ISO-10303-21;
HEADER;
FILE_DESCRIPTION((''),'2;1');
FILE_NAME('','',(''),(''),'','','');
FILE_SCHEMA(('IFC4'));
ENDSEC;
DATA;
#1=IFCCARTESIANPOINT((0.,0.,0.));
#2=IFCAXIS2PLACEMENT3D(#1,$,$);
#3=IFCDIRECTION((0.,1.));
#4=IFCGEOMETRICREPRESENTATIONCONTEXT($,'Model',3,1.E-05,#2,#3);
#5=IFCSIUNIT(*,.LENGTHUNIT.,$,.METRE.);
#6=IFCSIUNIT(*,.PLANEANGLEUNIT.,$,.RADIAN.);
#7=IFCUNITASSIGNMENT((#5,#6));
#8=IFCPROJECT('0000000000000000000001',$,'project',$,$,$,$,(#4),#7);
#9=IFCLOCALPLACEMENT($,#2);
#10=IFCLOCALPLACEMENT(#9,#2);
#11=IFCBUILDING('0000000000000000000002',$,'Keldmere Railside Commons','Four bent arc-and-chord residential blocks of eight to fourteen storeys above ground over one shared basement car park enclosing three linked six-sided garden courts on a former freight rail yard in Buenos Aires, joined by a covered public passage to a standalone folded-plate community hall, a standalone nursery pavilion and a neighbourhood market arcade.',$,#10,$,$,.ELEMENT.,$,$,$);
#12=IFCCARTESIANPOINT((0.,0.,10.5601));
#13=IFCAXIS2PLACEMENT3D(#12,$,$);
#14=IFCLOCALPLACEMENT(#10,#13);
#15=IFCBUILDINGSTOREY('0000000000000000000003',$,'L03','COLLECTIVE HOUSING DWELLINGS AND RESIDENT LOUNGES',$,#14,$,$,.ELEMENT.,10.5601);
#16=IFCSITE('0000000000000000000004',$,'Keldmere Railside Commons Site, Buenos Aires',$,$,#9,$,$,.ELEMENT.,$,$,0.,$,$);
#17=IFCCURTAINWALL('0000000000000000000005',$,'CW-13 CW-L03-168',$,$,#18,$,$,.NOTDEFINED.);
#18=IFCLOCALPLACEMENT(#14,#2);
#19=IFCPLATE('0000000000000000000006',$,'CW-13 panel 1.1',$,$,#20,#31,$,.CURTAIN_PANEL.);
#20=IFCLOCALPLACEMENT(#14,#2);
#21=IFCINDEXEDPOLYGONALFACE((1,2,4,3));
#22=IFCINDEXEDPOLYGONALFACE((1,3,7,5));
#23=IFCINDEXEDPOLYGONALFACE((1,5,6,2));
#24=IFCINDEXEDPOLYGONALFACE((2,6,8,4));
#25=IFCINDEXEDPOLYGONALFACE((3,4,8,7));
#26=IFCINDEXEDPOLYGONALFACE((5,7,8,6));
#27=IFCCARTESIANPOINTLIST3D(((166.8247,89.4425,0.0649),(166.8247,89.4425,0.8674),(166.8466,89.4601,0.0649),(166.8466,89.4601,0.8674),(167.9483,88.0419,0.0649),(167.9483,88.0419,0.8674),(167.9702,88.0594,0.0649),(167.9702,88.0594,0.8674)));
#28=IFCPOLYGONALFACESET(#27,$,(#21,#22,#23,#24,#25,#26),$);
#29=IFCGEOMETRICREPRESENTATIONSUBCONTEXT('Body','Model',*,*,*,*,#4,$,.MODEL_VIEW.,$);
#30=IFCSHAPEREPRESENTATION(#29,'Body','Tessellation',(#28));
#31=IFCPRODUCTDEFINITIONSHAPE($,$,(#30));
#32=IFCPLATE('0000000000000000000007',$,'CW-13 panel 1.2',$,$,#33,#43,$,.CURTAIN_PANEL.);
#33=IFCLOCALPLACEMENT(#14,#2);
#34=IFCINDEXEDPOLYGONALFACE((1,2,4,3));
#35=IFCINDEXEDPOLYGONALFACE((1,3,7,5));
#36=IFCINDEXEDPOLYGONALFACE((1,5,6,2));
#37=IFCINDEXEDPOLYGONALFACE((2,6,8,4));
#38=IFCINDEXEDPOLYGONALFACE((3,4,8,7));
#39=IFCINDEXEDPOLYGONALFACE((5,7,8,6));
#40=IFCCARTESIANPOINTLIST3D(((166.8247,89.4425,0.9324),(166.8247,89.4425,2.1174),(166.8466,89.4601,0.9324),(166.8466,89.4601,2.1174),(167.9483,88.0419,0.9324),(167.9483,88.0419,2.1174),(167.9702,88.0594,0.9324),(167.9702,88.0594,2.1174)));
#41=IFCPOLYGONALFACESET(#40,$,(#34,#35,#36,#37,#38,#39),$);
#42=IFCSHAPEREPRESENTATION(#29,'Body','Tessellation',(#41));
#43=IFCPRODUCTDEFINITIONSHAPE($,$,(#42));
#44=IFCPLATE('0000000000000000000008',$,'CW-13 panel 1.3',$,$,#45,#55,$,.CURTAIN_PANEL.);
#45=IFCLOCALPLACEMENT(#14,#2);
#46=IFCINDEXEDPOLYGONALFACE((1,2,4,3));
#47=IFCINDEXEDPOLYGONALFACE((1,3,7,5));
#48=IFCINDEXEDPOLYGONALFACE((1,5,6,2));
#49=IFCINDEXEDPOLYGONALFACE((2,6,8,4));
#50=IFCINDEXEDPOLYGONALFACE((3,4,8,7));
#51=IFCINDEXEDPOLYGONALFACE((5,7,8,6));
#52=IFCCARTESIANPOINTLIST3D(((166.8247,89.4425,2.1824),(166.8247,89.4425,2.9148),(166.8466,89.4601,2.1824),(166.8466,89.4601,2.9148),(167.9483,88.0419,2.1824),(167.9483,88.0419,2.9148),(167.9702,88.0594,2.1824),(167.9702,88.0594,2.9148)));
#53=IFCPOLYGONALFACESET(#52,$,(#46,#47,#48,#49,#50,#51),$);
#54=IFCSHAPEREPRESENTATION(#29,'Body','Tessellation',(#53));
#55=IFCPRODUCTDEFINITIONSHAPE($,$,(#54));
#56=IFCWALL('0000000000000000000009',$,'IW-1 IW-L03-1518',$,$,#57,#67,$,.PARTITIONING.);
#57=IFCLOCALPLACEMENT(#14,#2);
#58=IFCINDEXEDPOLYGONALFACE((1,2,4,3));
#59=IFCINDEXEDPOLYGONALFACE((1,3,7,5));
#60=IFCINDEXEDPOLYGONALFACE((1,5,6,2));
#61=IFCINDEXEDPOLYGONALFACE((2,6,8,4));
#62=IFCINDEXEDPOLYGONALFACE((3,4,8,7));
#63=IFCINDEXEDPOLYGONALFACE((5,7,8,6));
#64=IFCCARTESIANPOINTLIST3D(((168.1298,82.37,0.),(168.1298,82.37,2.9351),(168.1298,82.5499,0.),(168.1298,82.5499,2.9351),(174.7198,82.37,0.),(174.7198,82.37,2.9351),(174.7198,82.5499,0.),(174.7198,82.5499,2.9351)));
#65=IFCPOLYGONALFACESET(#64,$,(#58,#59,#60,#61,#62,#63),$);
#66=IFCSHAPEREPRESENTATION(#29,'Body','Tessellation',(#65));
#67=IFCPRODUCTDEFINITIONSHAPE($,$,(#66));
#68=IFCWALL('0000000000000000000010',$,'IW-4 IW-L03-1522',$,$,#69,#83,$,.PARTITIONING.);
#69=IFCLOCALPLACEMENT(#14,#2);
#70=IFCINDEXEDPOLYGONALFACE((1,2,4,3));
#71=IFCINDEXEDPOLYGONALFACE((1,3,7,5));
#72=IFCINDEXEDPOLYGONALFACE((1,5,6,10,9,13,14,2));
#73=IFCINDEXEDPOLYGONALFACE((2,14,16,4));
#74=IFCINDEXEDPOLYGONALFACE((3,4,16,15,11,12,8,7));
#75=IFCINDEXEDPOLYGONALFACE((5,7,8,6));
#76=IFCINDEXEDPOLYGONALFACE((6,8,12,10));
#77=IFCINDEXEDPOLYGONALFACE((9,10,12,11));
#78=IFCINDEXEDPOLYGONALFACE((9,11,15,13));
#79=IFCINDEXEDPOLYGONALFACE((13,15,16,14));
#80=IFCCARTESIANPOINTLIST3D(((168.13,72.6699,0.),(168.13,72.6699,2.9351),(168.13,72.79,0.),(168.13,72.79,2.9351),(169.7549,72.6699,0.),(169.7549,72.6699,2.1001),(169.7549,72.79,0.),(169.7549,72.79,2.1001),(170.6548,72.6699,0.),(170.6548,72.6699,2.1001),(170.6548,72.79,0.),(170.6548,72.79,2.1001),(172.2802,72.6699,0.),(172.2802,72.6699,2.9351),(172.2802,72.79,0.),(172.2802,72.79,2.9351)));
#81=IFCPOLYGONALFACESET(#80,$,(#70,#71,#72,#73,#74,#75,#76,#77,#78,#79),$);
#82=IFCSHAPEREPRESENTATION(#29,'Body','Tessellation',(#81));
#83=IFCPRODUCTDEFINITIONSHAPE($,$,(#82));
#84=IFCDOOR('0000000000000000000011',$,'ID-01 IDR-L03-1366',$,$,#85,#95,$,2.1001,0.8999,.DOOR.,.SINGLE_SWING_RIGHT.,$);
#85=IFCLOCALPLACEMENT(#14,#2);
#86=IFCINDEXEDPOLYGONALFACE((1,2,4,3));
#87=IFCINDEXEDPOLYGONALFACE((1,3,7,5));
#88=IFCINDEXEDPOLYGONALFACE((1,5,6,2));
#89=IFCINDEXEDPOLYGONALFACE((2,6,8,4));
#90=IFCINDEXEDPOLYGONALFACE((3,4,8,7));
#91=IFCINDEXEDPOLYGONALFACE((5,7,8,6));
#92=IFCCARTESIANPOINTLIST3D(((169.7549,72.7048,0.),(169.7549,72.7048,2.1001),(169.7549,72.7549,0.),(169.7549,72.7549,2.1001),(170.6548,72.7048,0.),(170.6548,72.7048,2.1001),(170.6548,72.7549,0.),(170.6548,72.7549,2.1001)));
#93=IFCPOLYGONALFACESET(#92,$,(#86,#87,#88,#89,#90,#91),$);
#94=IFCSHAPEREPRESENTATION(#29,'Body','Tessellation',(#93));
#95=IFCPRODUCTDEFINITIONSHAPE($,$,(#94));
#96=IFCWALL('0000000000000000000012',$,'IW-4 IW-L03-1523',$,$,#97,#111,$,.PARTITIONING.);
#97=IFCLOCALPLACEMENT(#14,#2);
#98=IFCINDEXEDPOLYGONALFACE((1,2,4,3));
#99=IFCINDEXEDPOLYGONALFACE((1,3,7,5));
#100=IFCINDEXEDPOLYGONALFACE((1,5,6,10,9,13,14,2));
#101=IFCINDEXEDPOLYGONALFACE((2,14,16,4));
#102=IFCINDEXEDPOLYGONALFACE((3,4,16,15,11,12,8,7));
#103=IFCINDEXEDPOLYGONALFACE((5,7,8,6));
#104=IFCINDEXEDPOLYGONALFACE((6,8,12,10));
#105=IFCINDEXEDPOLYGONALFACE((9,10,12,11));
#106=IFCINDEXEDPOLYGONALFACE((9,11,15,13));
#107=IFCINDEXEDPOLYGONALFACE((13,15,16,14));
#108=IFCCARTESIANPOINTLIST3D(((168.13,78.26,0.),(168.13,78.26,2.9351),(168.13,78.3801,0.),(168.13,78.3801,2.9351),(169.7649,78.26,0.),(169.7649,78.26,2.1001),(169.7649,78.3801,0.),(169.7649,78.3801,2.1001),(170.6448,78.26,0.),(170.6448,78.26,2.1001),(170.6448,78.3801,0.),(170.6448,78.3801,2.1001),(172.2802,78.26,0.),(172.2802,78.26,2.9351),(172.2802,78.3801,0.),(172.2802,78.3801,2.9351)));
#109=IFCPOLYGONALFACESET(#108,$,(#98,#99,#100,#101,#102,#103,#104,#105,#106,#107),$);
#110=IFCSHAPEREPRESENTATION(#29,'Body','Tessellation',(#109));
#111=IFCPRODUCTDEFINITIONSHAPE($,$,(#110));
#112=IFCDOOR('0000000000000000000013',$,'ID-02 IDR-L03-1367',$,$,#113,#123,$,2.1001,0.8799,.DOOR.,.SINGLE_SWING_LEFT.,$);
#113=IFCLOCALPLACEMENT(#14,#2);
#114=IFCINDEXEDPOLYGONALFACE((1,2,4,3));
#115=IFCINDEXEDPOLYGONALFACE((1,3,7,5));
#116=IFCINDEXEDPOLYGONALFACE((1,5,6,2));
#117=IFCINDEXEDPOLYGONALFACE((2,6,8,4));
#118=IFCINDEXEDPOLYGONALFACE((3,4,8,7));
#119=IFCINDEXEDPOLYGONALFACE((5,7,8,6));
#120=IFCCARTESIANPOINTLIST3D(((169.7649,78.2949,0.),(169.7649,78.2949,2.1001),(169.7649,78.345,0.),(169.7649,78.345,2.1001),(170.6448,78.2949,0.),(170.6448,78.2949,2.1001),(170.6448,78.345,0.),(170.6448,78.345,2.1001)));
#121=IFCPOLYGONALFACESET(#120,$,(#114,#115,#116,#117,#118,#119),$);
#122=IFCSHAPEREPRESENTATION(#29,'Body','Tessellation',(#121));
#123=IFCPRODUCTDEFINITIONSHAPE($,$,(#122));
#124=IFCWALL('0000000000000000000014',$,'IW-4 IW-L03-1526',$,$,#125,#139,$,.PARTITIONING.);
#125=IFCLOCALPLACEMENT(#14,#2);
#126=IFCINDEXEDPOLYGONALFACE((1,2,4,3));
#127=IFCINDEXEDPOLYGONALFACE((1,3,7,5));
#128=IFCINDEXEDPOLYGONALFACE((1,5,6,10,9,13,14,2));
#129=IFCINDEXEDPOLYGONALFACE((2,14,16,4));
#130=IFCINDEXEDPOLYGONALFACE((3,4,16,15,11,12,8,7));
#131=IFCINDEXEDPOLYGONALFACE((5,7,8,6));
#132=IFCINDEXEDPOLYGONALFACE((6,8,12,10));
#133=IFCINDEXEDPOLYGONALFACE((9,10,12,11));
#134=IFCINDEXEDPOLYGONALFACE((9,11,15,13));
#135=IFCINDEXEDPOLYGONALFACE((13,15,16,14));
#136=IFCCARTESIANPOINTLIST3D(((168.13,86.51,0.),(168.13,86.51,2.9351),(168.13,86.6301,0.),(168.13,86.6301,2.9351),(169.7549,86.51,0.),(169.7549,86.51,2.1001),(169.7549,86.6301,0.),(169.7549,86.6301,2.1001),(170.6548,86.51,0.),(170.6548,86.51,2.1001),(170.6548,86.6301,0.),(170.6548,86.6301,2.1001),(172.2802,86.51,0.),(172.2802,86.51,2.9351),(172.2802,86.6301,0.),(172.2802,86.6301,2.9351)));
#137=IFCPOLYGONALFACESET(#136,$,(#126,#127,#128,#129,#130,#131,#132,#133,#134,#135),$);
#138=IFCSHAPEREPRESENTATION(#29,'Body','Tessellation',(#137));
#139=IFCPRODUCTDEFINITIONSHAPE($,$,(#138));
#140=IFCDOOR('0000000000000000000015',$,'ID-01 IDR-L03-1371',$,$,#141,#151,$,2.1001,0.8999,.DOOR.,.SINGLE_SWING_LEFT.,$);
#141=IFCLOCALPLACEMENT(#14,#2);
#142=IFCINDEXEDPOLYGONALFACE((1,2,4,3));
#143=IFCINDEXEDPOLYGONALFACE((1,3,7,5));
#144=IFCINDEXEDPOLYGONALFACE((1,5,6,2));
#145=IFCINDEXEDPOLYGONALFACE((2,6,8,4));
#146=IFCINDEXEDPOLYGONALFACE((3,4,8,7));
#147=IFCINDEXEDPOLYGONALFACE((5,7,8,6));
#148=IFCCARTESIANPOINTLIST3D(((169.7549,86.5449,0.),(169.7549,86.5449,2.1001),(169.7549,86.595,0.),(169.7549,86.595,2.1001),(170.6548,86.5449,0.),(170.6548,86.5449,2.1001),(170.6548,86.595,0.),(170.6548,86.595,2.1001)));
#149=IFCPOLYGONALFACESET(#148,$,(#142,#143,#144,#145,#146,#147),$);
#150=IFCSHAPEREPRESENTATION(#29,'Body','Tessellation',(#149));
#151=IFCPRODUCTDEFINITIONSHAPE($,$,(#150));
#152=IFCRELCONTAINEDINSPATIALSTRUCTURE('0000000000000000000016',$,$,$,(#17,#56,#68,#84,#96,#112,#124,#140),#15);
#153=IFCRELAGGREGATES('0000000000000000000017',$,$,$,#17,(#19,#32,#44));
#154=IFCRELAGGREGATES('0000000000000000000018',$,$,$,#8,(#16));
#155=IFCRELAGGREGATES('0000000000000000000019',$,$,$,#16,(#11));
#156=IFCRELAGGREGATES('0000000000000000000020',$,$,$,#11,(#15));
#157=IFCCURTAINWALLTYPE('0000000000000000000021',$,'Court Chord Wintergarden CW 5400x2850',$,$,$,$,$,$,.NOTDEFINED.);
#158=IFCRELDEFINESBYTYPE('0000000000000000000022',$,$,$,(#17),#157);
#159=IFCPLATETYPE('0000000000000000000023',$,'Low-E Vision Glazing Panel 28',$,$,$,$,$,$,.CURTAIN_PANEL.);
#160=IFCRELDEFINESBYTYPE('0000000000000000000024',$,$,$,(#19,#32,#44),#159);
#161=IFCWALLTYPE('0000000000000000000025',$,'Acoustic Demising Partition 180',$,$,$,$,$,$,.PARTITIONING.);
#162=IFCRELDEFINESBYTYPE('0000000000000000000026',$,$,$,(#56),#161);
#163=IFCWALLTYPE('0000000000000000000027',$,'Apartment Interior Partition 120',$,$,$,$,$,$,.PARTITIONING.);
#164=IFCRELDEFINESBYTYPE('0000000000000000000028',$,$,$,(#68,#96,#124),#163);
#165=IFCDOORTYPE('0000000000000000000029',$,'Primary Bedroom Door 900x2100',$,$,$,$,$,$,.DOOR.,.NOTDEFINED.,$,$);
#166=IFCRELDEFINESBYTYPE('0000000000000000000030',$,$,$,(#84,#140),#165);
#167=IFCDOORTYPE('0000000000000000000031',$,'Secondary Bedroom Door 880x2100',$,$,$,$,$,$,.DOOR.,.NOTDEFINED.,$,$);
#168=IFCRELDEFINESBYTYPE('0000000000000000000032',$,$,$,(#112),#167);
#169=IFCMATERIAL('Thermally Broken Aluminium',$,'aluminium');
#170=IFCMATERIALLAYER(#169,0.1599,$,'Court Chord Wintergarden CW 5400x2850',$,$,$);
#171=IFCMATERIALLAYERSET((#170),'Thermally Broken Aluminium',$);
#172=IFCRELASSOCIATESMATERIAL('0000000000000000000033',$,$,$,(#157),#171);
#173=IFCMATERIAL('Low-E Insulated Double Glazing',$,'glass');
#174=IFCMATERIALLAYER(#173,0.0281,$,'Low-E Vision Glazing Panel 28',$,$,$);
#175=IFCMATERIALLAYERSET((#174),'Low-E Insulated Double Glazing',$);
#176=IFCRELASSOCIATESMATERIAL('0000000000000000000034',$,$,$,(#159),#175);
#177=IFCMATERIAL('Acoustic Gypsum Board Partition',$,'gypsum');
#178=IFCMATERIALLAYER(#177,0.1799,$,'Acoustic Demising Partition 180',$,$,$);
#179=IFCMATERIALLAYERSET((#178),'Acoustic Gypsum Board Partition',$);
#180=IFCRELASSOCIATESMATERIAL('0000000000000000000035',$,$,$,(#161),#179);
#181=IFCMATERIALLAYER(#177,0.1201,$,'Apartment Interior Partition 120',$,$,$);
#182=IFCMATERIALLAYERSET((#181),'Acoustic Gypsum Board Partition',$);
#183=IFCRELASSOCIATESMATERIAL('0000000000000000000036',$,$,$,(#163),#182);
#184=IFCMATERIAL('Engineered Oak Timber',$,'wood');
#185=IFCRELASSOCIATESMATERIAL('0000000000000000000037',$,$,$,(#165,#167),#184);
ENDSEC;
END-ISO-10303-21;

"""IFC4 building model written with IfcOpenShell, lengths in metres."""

from ifc_helpers import new_model, si_unit, direction, frame, frame_2d, origin, origin_2d, place, context, subcontext, project, spatial, rectangle, extrude, material, layer, layer_set, type_object, element, fill, aggregate, save


model = new_model("IFC4")

# Units and contexts
model_context = context("Model", 3, precision=1e-05, world=origin(), true_north=direction((0.0, 1.0)))
body_context = subcontext(model_context, "Body", "Model", "MODEL_VIEW")
ifc_project = project(units=[si_unit("LENGTHUNIT", "METRE"), si_unit("PLANEANGLEUNIT", "RADIAN")], contexts=[model_context])

# Site, building, storey
site_placement = place(None, origin())
site = spatial("IfcSite", under=ifc_project, at=site_placement, Name="Keldmere Railside Commons Site, Buenos Aires", CompositionType="ELEMENT", RefElevation=0.0)
building_placement = place(site_placement, origin())
building = spatial("IfcBuilding", under=site, at=building_placement, Name="Keldmere Railside Commons", Description="Four bent arc-and-chord residential blocks of eight to fourteen storeys above ground over one shared basement car park enclosing three linked six-sided garden courts on a former freight rail yard in Buenos Aires, joined by a covered public passage to a standalone folded-plate community hall, a standalone nursery pavilion and a neighbourhood market arcade.", CompositionType="ELEMENT")
storey_placement = place(building_placement, frame((0.0, 0.0, 10.5601)))
storey = spatial("IfcBuildingStorey", under=building, at=storey_placement, Name="L03", Description="COLLECTIVE HOUSING DWELLINGS AND RESIDENT LOUNGES", CompositionType="ELEMENT", Elevation=10.5601)

# Curtain wall, plates
ifc_material_1 = material(Name="Thermally Broken Aluminium", Category="aluminium")
ifc_layer_1 = layer(ifc_material_1, 0.1599, Name="Court Chord Wintergarden CW 5400x2850")
ifc_layer_set_1 = layer_set([ifc_layer_1], Name="Thermally Broken Aluminium")
curtain_wall_type = type_object("IfcCurtainWallType", Name="Court Chord Wintergarden CW 5400x2850", PredefinedType="NOTDEFINED", material=ifc_layer_set_1)
curtain_wall_placement = place(storey_placement, origin())
curtain_wall = element("IfcCurtainWall", 1, at=curtain_wall_placement, inside=storey, type_object=curtain_wall_type, Name="CW-13 CW-L03-168", PredefinedType="NOTDEFINED")
ifc_material_2 = material(Name="Low-E Insulated Double Glazing", Category="glass")
ifc_layer_2 = layer(ifc_material_2, 0.0281, Name="Low-E Vision Glazing Panel 28")
ifc_layer_set_2 = layer_set([ifc_layer_2], Name="Low-E Insulated Double Glazing")
plate_type = type_object("IfcPlateType", Name="Low-E Vision Glazing Panel 28", PredefinedType="CURTAIN_PANEL", material=ifc_layer_set_2)
plate_1_placement = place(storey_placement, frame((167.3975, 88.751, 0.0649), z_axis=(0.0, 0.0, 1.0), x_axis=(-0.625768, 0.780009, 0.0)))
plate_1 = element("IfcPlate", 2, at=plate_1_placement, type_object=plate_type, Name="CW-13 panel 1.1", PredefinedType="CURTAIN_PANEL", context=body_context, shape_type="SweptSolid", body=[
    extrude(rectangle(XDim=1.7957, YDim=0.0281, at=origin_2d()), origin(), (0.0, 0.0, 1.0), 0.8025),
])
plate_2_placement = place(storey_placement, frame((167.3975, 88.751, 0.9324), z_axis=(0.0, 0.0, 1.0), x_axis=(-0.625768, 0.780009, 0.0)))
plate_2 = element("IfcPlate", 3, at=plate_2_placement, type_object=plate_type, Name="CW-13 panel 1.2", PredefinedType="CURTAIN_PANEL", context=body_context, shape_type="SweptSolid", body=[
    extrude(rectangle(XDim=1.7957, YDim=0.0281, at=origin_2d()), origin(), (0.0, 0.0, 1.0), 1.1851),
])
plate_3_placement = place(storey_placement, frame((167.3975, 88.751, 2.1824), z_axis=(0.0, 0.0, 1.0), x_axis=(-0.625768, 0.780009, 0.0)))
plate_3 = element("IfcPlate", 4, at=plate_3_placement, type_object=plate_type, Name="CW-13 panel 1.3", PredefinedType="CURTAIN_PANEL", context=body_context, shape_type="SweptSolid", body=[
    extrude(rectangle(XDim=1.7957, YDim=0.0281, at=origin_2d()), origin(), (0.0, 0.0, 1.0), 0.7324),
])
aggregate(curtain_wall, [plate_1, plate_2, plate_3])

# Wall
ifc_material_3 = material(Name="Acoustic Gypsum Board Partition", Category="gypsum")
ifc_layer_3 = layer(ifc_material_3, 0.1799, Name="Acoustic Demising Partition 180")
ifc_layer_set_3 = layer_set([ifc_layer_3], Name="Acoustic Gypsum Board Partition")
wall_type_1 = type_object("IfcWallType", Name="Acoustic Demising Partition 180", PredefinedType="PARTITIONING", material=ifc_layer_set_3)
wall_1_placement = place(storey_placement, frame((168.1299, 82.46, 0.0), z_axis=(0.0, 0.0, 1.0), x_axis=(1.0, 0.0, 0.0)))
element("IfcWall", 5, at=wall_1_placement, inside=storey, type_object=wall_type_1, Name="IW-1 IW-L03-1518", PredefinedType="PARTITIONING", context=body_context, shape_type="SweptSolid", body=[
    extrude(rectangle(XDim=6.5901, YDim=0.1799, at=frame_2d((3.2949, 0.0))), origin(), (0.0, 0.0, 1.0), 2.9351),
])

# Walls, openings, doors
ifc_layer_4 = layer(ifc_material_3, 0.1201, Name="Apartment Interior Partition 120")
ifc_layer_set_4 = layer_set([ifc_layer_4], Name="Acoustic Gypsum Board Partition")
wall_type_2 = type_object("IfcWallType", Name="Apartment Interior Partition 120", PredefinedType="PARTITIONING", material=ifc_layer_set_4)
wall_2_placement = place(storey_placement, frame((168.1299, 72.73, 0.0), z_axis=(0.0, 0.0, 1.0), x_axis=(1.0, 0.0, 0.0)))
wall_2 = element("IfcWall", 6, at=wall_2_placement, inside=storey, type_object=wall_type_2, Name="IW-4 IW-L03-1522", PredefinedType="PARTITIONING", context=body_context, shape_type="SweptSolid", body=[
    extrude(rectangle(XDim=4.1501, YDim=0.1201, at=frame_2d((2.0752, 0.0))), origin(), (0.0, 0.0, 1.0), 2.9351),
])
opening_1_placement = place(wall_2_placement, frame((1.625, 0.0, 0.0)))
opening_1 = element("IfcOpeningElement", 7, at=opening_1_placement, cuts=wall_2, PredefinedType="OPENING", context=body_context, shape_type="SweptSolid", body=[
    extrude(rectangle(XDim=0.8999, YDim=2.1001, at=frame_2d((0.45, 1.05))), frame((0.0, 0.0701, 0.0), z_axis=(0.0, -1.0, 0.0), x_axis=(1.0, 0.0, 0.0)), (0.0, 0.0, 1.0), 0.1401),
])
ifc_material_4 = material(Name="Engineered Oak Timber", Category="wood")
door_type_1 = type_object("IfcDoorType", Name="Primary Bedroom Door 900x2100", OperationType="NOTDEFINED", PredefinedType="DOOR", material=ifc_material_4)
door_1_placement = place(opening_1_placement, origin())
door_1 = element("IfcDoor", 8, at=door_1_placement, inside=storey, type_object=door_type_1, Name="ID-01 IDR-L03-1366", OperationType="SINGLE_SWING_RIGHT", OverallHeight=2.1001, OverallWidth=0.8999, PredefinedType="DOOR", context=body_context, shape_type="SweptSolid", body=[
    extrude(rectangle(XDim=0.8999, YDim=2.1001, at=frame_2d((0.45, 1.05))), frame((0.0, 0.0249, 0.0), z_axis=(0.0, -1.0, 0.0), x_axis=(1.0, 0.0, 0.0)), (0.0, 0.0, 1.0), 0.05),
])
fill(opening_1, door_1)
wall_3_placement = place(storey_placement, frame((168.1299, 78.3201, 0.0), z_axis=(0.0, 0.0, 1.0), x_axis=(1.0, 0.0, 0.0)))
wall_3 = element("IfcWall", 9, at=wall_3_placement, inside=storey, type_object=wall_type_2, Name="IW-4 IW-L03-1523", PredefinedType="PARTITIONING", context=body_context, shape_type="SweptSolid", body=[
    extrude(rectangle(XDim=4.1501, YDim=0.1201, at=frame_2d((2.0752, 0.0))), origin(), (0.0, 0.0, 1.0), 2.9351),
])
opening_2_placement = place(wall_3_placement, frame((1.635, 0.0, 0.0)))
opening_2 = element("IfcOpeningElement", 10, at=opening_2_placement, cuts=wall_3, PredefinedType="OPENING", context=body_context, shape_type="SweptSolid", body=[
    extrude(rectangle(XDim=0.8799, YDim=2.1001, at=frame_2d((0.4399, 1.05))), frame((0.0, 0.0701, 0.0), z_axis=(0.0, -1.0, 0.0), x_axis=(1.0, 0.0, 0.0)), (0.0, 0.0, 1.0), 0.1401),
])
door_type_2 = type_object("IfcDoorType", Name="Secondary Bedroom Door 880x2100", OperationType="NOTDEFINED", PredefinedType="DOOR", material=ifc_material_4)
door_2_placement = place(opening_2_placement, origin())
door_2 = element("IfcDoor", 11, at=door_2_placement, inside=storey, type_object=door_type_2, Name="ID-02 IDR-L03-1367", OperationType="SINGLE_SWING_LEFT", OverallHeight=2.1001, OverallWidth=0.8799, PredefinedType="DOOR", context=body_context, shape_type="SweptSolid", body=[
    extrude(rectangle(XDim=0.8799, YDim=2.1001, at=frame_2d((0.4399, 1.05))), frame((0.0, 0.0249, 0.0), z_axis=(0.0, -1.0, 0.0), x_axis=(1.0, 0.0, 0.0)), (0.0, 0.0, 1.0), 0.05),
])
fill(opening_2, door_2)
wall_4_placement = place(storey_placement, frame((168.1299, 86.5701, 0.0), z_axis=(0.0, 0.0, 1.0), x_axis=(1.0, 0.0, 0.0)))
wall_4 = element("IfcWall", 12, at=wall_4_placement, inside=storey, type_object=wall_type_2, Name="IW-4 IW-L03-1526", PredefinedType="PARTITIONING", context=body_context, shape_type="SweptSolid", body=[
    extrude(rectangle(XDim=4.1501, YDim=0.1201, at=frame_2d((2.0752, 0.0))), origin(), (0.0, 0.0, 1.0), 2.9351),
])
opening_3_placement = place(wall_4_placement, frame((1.625, 0.0, 0.0)))
opening_3 = element("IfcOpeningElement", 13, at=opening_3_placement, cuts=wall_4, PredefinedType="OPENING", context=body_context, shape_type="SweptSolid", body=[
    extrude(rectangle(XDim=0.8999, YDim=2.1001, at=frame_2d((0.45, 1.05))), frame((0.0, 0.0701, 0.0), z_axis=(0.0, -1.0, 0.0), x_axis=(1.0, 0.0, 0.0)), (0.0, 0.0, 1.0), 0.1401),
])
door_3_placement = place(opening_3_placement, origin())
door_3 = element("IfcDoor", 14, at=door_3_placement, inside=storey, type_object=door_type_1, Name="ID-01 IDR-L03-1371", OperationType="SINGLE_SWING_LEFT", OverallHeight=2.1001, OverallWidth=0.8999, PredefinedType="DOOR", context=body_context, shape_type="SweptSolid", body=[
    extrude(rectangle(XDim=0.8999, YDim=2.1001, at=frame_2d((0.45, 1.05))), frame((0.0, 0.0249, 0.0), z_axis=(0.0, -1.0, 0.0), x_axis=(1.0, 0.0, 0.0)), (0.0, 0.0, 1.0), 0.05),
])
fill(opening_3, door_3)

save(model, "model.ifc")
